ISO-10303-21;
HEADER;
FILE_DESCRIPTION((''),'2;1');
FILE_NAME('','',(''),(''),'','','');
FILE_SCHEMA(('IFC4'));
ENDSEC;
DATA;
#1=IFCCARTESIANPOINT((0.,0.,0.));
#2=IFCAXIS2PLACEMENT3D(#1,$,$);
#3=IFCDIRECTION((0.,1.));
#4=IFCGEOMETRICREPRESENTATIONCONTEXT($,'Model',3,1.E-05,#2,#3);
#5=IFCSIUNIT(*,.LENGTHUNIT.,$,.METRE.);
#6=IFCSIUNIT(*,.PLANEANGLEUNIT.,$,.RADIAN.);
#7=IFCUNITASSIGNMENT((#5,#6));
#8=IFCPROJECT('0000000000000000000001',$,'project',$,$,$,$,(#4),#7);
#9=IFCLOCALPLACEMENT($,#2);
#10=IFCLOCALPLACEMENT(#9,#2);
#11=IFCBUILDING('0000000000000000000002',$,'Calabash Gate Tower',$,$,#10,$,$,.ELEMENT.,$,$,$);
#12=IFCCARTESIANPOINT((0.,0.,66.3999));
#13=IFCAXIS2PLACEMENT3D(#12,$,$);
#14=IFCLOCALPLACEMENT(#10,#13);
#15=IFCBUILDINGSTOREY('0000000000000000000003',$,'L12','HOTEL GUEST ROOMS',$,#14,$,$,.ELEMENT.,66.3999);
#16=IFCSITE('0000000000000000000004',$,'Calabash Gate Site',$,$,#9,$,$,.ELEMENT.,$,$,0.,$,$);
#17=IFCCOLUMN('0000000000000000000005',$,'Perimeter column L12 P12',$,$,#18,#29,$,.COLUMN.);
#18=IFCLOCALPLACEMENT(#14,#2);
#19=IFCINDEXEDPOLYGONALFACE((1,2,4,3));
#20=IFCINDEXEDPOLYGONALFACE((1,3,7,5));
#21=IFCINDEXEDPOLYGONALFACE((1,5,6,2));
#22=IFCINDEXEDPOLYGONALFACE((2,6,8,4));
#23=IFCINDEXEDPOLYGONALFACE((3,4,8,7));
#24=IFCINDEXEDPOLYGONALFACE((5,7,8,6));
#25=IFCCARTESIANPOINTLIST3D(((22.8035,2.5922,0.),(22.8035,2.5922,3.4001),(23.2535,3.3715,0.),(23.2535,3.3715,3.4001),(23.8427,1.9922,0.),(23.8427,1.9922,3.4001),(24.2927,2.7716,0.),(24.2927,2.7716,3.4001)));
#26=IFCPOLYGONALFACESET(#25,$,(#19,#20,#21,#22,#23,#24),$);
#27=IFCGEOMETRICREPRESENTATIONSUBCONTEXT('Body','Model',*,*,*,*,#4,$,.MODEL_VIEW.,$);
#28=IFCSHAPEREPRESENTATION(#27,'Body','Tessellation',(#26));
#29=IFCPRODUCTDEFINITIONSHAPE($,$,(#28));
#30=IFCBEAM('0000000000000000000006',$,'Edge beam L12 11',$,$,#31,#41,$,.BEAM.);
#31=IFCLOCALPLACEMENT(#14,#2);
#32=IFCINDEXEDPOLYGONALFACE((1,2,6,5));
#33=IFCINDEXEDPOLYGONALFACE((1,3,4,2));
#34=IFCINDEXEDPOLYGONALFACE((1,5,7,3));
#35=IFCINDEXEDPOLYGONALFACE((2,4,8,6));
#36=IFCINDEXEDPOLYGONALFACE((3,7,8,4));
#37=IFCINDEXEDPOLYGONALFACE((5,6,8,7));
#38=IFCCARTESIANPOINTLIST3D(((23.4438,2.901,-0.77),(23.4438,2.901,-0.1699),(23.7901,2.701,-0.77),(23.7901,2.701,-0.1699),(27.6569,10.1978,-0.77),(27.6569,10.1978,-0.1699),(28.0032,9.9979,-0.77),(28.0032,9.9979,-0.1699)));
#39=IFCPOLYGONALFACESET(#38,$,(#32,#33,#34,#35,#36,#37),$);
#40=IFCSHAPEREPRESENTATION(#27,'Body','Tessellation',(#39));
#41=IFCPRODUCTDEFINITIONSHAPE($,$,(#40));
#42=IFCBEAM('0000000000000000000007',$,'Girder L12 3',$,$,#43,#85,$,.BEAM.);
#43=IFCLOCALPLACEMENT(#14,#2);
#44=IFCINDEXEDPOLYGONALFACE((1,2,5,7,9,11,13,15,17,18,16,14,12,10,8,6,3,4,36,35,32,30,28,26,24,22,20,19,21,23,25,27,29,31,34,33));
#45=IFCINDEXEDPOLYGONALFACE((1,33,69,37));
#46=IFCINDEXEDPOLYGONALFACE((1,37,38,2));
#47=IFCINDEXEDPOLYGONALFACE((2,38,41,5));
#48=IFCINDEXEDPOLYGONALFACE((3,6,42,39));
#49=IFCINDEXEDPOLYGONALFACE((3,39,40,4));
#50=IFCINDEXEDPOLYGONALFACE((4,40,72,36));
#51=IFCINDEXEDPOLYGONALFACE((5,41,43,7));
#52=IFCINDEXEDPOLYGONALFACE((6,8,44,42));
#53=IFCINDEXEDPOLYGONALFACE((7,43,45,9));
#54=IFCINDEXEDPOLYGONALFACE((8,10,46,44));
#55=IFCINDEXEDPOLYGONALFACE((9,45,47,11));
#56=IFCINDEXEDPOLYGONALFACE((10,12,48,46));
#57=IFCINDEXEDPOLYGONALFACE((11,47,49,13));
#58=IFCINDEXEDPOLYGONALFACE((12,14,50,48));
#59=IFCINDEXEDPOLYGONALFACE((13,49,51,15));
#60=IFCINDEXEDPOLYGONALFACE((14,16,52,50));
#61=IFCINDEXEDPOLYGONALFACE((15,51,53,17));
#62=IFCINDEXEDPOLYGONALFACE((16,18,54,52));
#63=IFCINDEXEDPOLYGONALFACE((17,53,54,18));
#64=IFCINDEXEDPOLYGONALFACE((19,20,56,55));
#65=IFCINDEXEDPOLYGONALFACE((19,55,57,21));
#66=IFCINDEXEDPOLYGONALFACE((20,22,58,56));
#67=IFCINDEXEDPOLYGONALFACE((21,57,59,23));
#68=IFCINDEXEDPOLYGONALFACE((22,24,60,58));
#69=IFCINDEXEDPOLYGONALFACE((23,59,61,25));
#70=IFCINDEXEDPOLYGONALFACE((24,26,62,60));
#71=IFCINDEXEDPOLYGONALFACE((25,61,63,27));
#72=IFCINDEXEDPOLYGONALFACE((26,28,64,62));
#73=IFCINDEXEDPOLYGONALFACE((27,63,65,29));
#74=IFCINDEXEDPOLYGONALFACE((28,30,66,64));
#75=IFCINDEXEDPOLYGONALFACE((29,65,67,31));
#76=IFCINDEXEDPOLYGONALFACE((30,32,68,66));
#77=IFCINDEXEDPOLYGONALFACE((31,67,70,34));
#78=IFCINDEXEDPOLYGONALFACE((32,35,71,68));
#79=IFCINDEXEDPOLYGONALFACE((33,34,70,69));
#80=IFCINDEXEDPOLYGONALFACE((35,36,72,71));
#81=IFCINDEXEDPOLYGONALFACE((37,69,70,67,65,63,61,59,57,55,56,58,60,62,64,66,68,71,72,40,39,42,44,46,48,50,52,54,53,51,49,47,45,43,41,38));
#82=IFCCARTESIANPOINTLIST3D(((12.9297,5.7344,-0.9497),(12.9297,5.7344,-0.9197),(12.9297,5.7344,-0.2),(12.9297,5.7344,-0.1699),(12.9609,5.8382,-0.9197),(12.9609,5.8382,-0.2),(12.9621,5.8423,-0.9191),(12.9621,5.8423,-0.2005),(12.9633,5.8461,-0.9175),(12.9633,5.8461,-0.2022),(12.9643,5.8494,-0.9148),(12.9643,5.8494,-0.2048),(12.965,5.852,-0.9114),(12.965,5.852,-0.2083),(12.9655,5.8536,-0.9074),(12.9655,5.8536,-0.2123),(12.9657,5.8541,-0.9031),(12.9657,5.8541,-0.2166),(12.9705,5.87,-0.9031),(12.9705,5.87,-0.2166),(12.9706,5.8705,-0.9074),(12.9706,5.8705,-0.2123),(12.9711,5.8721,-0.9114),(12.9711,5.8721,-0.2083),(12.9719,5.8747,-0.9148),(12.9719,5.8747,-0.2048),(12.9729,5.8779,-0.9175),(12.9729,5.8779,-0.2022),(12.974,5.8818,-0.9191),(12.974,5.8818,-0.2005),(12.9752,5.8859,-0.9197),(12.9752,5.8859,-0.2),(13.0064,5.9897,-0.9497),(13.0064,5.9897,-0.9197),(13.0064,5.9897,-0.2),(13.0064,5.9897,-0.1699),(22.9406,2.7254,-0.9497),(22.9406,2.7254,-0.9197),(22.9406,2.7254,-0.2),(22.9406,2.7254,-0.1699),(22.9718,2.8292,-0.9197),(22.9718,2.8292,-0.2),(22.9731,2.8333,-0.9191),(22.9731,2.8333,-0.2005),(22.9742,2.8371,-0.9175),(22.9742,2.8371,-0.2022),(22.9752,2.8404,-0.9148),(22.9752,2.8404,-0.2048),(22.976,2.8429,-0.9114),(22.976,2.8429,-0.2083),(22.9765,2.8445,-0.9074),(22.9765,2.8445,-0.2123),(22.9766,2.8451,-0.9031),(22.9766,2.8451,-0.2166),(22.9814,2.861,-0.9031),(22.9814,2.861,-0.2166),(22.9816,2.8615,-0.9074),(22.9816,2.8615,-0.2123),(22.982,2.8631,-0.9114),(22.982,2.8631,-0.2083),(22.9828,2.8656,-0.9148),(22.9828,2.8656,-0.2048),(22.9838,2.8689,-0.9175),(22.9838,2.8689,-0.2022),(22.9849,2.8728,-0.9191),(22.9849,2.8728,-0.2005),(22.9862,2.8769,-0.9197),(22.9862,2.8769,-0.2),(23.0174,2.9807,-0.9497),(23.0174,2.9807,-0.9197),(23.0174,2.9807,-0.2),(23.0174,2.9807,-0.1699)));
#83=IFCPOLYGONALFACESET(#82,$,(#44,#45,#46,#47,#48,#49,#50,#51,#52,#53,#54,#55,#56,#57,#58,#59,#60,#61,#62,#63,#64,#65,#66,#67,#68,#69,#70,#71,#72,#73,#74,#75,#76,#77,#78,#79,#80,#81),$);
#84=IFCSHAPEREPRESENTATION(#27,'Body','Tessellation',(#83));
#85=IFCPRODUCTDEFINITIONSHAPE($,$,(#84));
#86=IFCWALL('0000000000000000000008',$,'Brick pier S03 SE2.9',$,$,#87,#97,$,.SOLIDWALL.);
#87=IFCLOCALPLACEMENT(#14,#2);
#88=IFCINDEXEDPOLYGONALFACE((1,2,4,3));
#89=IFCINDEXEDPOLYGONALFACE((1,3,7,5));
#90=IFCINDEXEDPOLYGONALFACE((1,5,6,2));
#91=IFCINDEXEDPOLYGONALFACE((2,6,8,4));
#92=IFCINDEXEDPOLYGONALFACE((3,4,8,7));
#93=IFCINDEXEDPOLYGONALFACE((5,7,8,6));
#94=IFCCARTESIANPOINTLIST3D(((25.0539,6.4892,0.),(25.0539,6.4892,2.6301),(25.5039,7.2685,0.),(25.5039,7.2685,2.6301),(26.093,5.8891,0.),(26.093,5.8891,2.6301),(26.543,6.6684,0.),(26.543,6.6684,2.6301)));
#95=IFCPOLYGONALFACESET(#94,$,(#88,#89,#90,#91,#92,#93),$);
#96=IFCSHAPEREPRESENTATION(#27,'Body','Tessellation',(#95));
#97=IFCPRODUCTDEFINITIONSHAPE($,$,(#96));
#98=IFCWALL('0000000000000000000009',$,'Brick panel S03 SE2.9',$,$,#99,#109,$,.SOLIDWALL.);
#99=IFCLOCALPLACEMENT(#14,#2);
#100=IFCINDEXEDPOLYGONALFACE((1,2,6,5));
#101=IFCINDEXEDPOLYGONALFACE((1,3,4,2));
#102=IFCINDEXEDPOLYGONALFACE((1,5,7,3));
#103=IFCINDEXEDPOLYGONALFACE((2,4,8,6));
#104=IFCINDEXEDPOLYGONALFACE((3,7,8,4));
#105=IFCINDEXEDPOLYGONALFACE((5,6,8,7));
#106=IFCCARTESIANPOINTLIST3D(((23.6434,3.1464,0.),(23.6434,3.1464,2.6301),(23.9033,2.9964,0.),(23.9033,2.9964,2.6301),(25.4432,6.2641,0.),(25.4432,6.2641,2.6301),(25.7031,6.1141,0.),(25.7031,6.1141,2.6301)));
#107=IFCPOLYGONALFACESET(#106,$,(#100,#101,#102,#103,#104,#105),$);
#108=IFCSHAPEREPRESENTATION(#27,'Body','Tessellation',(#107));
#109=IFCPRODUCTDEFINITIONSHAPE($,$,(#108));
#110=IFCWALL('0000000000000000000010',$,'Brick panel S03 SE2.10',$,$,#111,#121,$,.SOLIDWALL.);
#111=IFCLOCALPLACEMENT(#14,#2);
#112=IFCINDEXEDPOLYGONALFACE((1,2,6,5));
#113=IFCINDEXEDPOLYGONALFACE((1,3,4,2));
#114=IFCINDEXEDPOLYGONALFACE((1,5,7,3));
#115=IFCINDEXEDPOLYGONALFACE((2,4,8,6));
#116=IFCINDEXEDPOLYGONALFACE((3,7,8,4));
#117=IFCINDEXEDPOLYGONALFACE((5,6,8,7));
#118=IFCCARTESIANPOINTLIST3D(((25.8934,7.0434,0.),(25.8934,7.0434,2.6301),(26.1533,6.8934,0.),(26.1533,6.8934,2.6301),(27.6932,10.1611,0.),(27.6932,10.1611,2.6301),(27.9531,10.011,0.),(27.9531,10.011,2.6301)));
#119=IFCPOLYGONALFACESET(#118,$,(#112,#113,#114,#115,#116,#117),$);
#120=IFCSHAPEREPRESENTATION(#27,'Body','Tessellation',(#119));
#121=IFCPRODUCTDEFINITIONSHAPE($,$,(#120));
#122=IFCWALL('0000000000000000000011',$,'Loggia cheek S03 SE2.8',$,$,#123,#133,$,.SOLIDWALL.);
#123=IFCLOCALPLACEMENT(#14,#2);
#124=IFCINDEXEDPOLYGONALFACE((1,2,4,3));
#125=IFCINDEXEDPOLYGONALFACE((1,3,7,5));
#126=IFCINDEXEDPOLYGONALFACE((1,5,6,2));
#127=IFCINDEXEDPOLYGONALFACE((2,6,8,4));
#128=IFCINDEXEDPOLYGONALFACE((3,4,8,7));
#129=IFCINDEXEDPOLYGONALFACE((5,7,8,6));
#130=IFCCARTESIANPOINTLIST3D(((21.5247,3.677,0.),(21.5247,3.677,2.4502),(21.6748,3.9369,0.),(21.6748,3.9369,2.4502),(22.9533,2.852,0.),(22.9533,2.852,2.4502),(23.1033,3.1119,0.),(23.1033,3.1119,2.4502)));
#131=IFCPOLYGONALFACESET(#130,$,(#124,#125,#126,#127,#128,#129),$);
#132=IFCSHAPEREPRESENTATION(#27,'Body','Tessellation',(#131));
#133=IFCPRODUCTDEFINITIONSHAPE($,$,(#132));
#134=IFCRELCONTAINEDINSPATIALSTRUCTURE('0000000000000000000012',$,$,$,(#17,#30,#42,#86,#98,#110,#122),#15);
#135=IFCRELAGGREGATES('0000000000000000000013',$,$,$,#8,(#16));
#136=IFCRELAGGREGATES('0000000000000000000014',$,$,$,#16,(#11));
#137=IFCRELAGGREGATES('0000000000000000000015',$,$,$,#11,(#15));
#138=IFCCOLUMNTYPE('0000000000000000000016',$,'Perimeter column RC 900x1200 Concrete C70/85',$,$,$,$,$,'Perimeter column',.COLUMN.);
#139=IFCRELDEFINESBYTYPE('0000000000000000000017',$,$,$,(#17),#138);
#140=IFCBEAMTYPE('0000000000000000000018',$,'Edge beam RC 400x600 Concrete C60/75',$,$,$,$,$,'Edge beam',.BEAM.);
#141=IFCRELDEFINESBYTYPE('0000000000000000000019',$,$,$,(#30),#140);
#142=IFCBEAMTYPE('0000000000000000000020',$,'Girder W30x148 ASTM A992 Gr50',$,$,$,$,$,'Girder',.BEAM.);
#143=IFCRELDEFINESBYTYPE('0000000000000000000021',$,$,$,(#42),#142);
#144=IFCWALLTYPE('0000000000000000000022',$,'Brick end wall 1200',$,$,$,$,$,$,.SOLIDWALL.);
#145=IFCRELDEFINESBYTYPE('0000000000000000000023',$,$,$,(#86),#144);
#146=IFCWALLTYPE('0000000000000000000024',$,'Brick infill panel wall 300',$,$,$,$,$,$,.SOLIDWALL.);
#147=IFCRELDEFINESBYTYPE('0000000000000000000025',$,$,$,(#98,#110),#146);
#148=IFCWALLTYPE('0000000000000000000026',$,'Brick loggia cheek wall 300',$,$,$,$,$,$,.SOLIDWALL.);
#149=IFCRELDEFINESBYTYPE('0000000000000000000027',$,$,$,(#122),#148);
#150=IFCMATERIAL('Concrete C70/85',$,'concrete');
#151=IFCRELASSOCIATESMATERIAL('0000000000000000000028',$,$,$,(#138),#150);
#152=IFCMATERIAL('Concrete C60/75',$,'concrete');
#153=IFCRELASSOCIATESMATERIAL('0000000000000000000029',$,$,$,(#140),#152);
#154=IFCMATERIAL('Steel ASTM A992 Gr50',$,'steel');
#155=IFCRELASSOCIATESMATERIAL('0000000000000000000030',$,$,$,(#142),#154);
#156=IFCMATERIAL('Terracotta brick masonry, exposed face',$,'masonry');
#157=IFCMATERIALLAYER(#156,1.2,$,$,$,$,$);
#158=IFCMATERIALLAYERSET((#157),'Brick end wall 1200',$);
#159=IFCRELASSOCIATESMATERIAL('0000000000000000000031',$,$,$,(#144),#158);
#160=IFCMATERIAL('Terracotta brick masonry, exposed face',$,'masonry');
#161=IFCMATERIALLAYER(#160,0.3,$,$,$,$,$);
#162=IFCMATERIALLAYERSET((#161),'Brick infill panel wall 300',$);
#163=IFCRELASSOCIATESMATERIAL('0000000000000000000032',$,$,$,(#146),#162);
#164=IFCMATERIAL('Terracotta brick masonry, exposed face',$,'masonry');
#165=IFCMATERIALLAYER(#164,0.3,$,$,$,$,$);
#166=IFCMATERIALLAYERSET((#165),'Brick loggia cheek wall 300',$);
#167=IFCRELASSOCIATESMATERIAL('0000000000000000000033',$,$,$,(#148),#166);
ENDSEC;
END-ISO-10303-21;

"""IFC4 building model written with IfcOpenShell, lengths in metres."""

from ifc_helpers import new_model, si_unit, direction, frame, frame_2d, origin, origin_2d, place, context, subcontext, project, spatial, rectangle, i_section, extrude, material, layer, layer_set, material_profile, profile_set, type_object, element, save


model = new_model("IFC4")

# Units and contexts
model_context = context("Model", 3, precision=1e-05, world=origin(), true_north=direction((0.0, 1.0)))
body_context = subcontext(model_context, "Body", "Model", "MODEL_VIEW")
ifc_project = project(units=[si_unit("LENGTHUNIT", "METRE"), si_unit("PLANEANGLEUNIT", "RADIAN")], contexts=[model_context])

# Site, building, storey
site_placement = place(None, origin())
site = spatial("IfcSite", under=ifc_project, at=site_placement, Name="Calabash Gate Site", CompositionType="ELEMENT", RefElevation=0.0)
building_placement = place(site_placement, origin())
building = spatial("IfcBuilding", under=site, at=building_placement, Name="Calabash Gate Tower", CompositionType="ELEMENT")
storey_placement = place(building_placement, frame((0.0, 0.0, 66.3999)))
storey = spatial("IfcBuildingStorey", under=building, at=storey_placement, Name="L12", Description="HOTEL GUEST ROOMS", CompositionType="ELEMENT", Elevation=66.3999)

# Column
ifc_material_1 = material(Name="Concrete C70/85", Category="concrete")
ifc_material_profile_1 = material_profile(ifc_material_1, rectangle(XDim=0.8999, YDim=1.2, at=origin_2d()))
ifc_profile_set_1 = profile_set([ifc_material_profile_1], Name="Concrete C70/85")
column_type = type_object("IfcColumnType", Name="Perimeter column RC 900x1200 Concrete C70/85", ElementType="Perimeter column", PredefinedType="COLUMN", material=ifc_profile_set_1)
column_placement = place(storey_placement, frame((23.5481, 2.6819, 0.0), z_axis=(0.0, 0.0, 1.0), x_axis=(0.5, 0.866025, 0.0)))
element("IfcColumn", 1, at=column_placement, inside=storey, type_object=column_type, Name="Perimeter column L12 P12", PredefinedType="COLUMN", context=body_context, shape_type="SweptSolid", body=[
    extrude(rectangle(XDim=0.8999, YDim=1.2, at=origin_2d()), origin(), (0.0, 0.0, 1.0), 3.4001),
])

# Beams
ifc_material_2 = material(Name="Concrete C60/75", Category="concrete")
ifc_material_profile_2 = material_profile(ifc_material_2, rectangle(XDim=0.3999, YDim=0.6001, at=origin_2d()))
ifc_profile_set_2 = profile_set([ifc_material_profile_2], Name="Concrete C60/75")
beam_type_1 = type_object("IfcBeamType", Name="Edge beam RC 400x600 Concrete C60/75", ElementType="Edge beam", PredefinedType="BEAM", material=ifc_profile_set_2)
beam_1_placement = place(storey_placement, frame((23.6169, 2.801, -0.47), z_axis=(0.500025, 0.866011, 0.0), x_axis=(-0.866011, 0.500025, 0.0)))
element("IfcBeam", 2, at=beam_1_placement, inside=storey, type_object=beam_type_1, Name="Edge beam L12 11", PredefinedType="BEAM", context=body_context, shape_type="SweptSolid", body=[
    extrude(rectangle(XDim=0.3999, YDim=0.6001, at=origin_2d()), origin(), (0.0, 0.0, 1.0), 8.4258),
])
ifc_material_3 = material(Name="Steel ASTM A992 Gr50", Category="steel")
ifc_material_profile_3 = material_profile(ifc_material_3, i_section(OverallWidth=0.2666, OverallDepth=0.7798, WebThickness=0.0166, FlangeThickness=0.03, FilletRadius=0.0166, at=origin_2d()))
ifc_profile_set_3 = profile_set([ifc_material_profile_3], Name="Steel ASTM A992 Gr50")
beam_type_2 = type_object("IfcBeamType", Name="Girder W30x148 ASTM A992 Gr50", ElementType="Girder", PredefinedType="BEAM", material=ifc_profile_set_3)
beam_2_placement = place(storey_placement, frame((22.979, 2.853, -0.5598), z_axis=(-0.957675, 0.287851, 0.0), x_axis=(-0.287851, -0.957675, 0.0)))
element("IfcBeam", 3, at=beam_2_placement, inside=storey, type_object=beam_type_2, Name="Girder L12 3", PredefinedType="BEAM", context=body_context, shape_type="SweptSolid", body=[
    extrude(i_section(OverallWidth=0.2666, OverallDepth=0.7798, WebThickness=0.0166, FlangeThickness=0.03, FilletRadius=0.0166, at=origin_2d()), origin(), (0.0, 0.0, 1.0), 10.4534),
])

# Walls
ifc_material_4 = material(Name="Terracotta brick masonry, exposed face", Category="masonry")
ifc_layer_1 = layer(ifc_material_4, 1.2)
ifc_layer_set_1 = layer_set([ifc_layer_1], Name="Brick end wall 1200")
wall_type_1 = type_object("IfcWallType", Name="Brick end wall 1200", PredefinedType="SOLIDWALL", material=ifc_layer_set_1)
wall_1_placement = place(storey_placement, frame((25.2788, 6.8789, 0.0), z_axis=(0.0, 0.0, 1.0), x_axis=(0.865955, -0.500122, 0.0)))
element("IfcWall", 4, at=wall_1_placement, inside=storey, type_object=wall_type_1, Name="Brick pier S03 SE2.9", PredefinedType="SOLIDWALL", context=body_context, shape_type="SweptSolid", body=[
    extrude(rectangle(XDim=1.2, YDim=0.8999, at=frame_2d((0.6001, 0.0))), origin(), (0.0, 0.0, 1.0), 2.6301),
])
ifc_material_5 = material(Name="Terracotta brick masonry, exposed face", Category="masonry")
ifc_layer_2 = layer(ifc_material_5, 0.3)
ifc_layer_set_2 = layer_set([ifc_layer_2], Name="Brick infill panel wall 300")
wall_type_2 = type_object("IfcWallType", Name="Brick infill panel wall 300", PredefinedType="SOLIDWALL", material=ifc_layer_set_2)
for number, where, z_axis, x_axis, name in (
    (5, (23.7734, 3.0715, 0.0), (0.0, 0.0, 1.0), (0.499961, 0.866048, 0.0), "Brick panel S03 SE2.9"),
    (6, (26.0234, 6.9685, 0.0), (0.0, 0.0, 1.0), (0.499961, 0.866048, 0.0), "Brick panel S03 SE2.10"),
):
    element("IfcWall", number, at=place(storey_placement, frame(where, z_axis=z_axis, x_axis=x_axis)), inside=storey, type_object=wall_type_2, Name=name, PredefinedType="SOLIDWALL", context=body_context, shape_type="SweptSolid", body=[
        extrude(rectangle(XDim=3.5999, YDim=0.3, at=frame_2d((1.7998, 0.0))), origin(), (0.0, 0.0, 1.0), 2.6301),
    ])
ifc_material_6 = material(Name="Terracotta brick masonry, exposed face", Category="masonry")
ifc_layer_3 = layer(ifc_material_6, 0.3)
ifc_layer_set_3 = layer_set([ifc_layer_3], Name="Brick loggia cheek wall 300")
wall_type_3 = type_object("IfcWallType", Name="Brick loggia cheek wall 300", PredefinedType="SOLIDWALL", material=ifc_layer_set_3)
wall_2_placement = place(storey_placement, frame((21.5999, 3.8069, 0.0), z_axis=(0.0, 0.0, 1.0), x_axis=(0.865966, -0.500103, 0.0)))
element("IfcWall", 7, at=wall_2_placement, inside=storey, type_object=wall_type_3, Name="Loggia cheek S03 SE2.8", PredefinedType="SOLIDWALL", context=body_context, shape_type="SweptSolid", body=[
    extrude(rectangle(XDim=1.6497, YDim=0.3, at=frame_2d((0.8247, 0.0))), origin(), (0.0, 0.0, 1.0), 2.4502),
])

save(model, "model.ifc")
